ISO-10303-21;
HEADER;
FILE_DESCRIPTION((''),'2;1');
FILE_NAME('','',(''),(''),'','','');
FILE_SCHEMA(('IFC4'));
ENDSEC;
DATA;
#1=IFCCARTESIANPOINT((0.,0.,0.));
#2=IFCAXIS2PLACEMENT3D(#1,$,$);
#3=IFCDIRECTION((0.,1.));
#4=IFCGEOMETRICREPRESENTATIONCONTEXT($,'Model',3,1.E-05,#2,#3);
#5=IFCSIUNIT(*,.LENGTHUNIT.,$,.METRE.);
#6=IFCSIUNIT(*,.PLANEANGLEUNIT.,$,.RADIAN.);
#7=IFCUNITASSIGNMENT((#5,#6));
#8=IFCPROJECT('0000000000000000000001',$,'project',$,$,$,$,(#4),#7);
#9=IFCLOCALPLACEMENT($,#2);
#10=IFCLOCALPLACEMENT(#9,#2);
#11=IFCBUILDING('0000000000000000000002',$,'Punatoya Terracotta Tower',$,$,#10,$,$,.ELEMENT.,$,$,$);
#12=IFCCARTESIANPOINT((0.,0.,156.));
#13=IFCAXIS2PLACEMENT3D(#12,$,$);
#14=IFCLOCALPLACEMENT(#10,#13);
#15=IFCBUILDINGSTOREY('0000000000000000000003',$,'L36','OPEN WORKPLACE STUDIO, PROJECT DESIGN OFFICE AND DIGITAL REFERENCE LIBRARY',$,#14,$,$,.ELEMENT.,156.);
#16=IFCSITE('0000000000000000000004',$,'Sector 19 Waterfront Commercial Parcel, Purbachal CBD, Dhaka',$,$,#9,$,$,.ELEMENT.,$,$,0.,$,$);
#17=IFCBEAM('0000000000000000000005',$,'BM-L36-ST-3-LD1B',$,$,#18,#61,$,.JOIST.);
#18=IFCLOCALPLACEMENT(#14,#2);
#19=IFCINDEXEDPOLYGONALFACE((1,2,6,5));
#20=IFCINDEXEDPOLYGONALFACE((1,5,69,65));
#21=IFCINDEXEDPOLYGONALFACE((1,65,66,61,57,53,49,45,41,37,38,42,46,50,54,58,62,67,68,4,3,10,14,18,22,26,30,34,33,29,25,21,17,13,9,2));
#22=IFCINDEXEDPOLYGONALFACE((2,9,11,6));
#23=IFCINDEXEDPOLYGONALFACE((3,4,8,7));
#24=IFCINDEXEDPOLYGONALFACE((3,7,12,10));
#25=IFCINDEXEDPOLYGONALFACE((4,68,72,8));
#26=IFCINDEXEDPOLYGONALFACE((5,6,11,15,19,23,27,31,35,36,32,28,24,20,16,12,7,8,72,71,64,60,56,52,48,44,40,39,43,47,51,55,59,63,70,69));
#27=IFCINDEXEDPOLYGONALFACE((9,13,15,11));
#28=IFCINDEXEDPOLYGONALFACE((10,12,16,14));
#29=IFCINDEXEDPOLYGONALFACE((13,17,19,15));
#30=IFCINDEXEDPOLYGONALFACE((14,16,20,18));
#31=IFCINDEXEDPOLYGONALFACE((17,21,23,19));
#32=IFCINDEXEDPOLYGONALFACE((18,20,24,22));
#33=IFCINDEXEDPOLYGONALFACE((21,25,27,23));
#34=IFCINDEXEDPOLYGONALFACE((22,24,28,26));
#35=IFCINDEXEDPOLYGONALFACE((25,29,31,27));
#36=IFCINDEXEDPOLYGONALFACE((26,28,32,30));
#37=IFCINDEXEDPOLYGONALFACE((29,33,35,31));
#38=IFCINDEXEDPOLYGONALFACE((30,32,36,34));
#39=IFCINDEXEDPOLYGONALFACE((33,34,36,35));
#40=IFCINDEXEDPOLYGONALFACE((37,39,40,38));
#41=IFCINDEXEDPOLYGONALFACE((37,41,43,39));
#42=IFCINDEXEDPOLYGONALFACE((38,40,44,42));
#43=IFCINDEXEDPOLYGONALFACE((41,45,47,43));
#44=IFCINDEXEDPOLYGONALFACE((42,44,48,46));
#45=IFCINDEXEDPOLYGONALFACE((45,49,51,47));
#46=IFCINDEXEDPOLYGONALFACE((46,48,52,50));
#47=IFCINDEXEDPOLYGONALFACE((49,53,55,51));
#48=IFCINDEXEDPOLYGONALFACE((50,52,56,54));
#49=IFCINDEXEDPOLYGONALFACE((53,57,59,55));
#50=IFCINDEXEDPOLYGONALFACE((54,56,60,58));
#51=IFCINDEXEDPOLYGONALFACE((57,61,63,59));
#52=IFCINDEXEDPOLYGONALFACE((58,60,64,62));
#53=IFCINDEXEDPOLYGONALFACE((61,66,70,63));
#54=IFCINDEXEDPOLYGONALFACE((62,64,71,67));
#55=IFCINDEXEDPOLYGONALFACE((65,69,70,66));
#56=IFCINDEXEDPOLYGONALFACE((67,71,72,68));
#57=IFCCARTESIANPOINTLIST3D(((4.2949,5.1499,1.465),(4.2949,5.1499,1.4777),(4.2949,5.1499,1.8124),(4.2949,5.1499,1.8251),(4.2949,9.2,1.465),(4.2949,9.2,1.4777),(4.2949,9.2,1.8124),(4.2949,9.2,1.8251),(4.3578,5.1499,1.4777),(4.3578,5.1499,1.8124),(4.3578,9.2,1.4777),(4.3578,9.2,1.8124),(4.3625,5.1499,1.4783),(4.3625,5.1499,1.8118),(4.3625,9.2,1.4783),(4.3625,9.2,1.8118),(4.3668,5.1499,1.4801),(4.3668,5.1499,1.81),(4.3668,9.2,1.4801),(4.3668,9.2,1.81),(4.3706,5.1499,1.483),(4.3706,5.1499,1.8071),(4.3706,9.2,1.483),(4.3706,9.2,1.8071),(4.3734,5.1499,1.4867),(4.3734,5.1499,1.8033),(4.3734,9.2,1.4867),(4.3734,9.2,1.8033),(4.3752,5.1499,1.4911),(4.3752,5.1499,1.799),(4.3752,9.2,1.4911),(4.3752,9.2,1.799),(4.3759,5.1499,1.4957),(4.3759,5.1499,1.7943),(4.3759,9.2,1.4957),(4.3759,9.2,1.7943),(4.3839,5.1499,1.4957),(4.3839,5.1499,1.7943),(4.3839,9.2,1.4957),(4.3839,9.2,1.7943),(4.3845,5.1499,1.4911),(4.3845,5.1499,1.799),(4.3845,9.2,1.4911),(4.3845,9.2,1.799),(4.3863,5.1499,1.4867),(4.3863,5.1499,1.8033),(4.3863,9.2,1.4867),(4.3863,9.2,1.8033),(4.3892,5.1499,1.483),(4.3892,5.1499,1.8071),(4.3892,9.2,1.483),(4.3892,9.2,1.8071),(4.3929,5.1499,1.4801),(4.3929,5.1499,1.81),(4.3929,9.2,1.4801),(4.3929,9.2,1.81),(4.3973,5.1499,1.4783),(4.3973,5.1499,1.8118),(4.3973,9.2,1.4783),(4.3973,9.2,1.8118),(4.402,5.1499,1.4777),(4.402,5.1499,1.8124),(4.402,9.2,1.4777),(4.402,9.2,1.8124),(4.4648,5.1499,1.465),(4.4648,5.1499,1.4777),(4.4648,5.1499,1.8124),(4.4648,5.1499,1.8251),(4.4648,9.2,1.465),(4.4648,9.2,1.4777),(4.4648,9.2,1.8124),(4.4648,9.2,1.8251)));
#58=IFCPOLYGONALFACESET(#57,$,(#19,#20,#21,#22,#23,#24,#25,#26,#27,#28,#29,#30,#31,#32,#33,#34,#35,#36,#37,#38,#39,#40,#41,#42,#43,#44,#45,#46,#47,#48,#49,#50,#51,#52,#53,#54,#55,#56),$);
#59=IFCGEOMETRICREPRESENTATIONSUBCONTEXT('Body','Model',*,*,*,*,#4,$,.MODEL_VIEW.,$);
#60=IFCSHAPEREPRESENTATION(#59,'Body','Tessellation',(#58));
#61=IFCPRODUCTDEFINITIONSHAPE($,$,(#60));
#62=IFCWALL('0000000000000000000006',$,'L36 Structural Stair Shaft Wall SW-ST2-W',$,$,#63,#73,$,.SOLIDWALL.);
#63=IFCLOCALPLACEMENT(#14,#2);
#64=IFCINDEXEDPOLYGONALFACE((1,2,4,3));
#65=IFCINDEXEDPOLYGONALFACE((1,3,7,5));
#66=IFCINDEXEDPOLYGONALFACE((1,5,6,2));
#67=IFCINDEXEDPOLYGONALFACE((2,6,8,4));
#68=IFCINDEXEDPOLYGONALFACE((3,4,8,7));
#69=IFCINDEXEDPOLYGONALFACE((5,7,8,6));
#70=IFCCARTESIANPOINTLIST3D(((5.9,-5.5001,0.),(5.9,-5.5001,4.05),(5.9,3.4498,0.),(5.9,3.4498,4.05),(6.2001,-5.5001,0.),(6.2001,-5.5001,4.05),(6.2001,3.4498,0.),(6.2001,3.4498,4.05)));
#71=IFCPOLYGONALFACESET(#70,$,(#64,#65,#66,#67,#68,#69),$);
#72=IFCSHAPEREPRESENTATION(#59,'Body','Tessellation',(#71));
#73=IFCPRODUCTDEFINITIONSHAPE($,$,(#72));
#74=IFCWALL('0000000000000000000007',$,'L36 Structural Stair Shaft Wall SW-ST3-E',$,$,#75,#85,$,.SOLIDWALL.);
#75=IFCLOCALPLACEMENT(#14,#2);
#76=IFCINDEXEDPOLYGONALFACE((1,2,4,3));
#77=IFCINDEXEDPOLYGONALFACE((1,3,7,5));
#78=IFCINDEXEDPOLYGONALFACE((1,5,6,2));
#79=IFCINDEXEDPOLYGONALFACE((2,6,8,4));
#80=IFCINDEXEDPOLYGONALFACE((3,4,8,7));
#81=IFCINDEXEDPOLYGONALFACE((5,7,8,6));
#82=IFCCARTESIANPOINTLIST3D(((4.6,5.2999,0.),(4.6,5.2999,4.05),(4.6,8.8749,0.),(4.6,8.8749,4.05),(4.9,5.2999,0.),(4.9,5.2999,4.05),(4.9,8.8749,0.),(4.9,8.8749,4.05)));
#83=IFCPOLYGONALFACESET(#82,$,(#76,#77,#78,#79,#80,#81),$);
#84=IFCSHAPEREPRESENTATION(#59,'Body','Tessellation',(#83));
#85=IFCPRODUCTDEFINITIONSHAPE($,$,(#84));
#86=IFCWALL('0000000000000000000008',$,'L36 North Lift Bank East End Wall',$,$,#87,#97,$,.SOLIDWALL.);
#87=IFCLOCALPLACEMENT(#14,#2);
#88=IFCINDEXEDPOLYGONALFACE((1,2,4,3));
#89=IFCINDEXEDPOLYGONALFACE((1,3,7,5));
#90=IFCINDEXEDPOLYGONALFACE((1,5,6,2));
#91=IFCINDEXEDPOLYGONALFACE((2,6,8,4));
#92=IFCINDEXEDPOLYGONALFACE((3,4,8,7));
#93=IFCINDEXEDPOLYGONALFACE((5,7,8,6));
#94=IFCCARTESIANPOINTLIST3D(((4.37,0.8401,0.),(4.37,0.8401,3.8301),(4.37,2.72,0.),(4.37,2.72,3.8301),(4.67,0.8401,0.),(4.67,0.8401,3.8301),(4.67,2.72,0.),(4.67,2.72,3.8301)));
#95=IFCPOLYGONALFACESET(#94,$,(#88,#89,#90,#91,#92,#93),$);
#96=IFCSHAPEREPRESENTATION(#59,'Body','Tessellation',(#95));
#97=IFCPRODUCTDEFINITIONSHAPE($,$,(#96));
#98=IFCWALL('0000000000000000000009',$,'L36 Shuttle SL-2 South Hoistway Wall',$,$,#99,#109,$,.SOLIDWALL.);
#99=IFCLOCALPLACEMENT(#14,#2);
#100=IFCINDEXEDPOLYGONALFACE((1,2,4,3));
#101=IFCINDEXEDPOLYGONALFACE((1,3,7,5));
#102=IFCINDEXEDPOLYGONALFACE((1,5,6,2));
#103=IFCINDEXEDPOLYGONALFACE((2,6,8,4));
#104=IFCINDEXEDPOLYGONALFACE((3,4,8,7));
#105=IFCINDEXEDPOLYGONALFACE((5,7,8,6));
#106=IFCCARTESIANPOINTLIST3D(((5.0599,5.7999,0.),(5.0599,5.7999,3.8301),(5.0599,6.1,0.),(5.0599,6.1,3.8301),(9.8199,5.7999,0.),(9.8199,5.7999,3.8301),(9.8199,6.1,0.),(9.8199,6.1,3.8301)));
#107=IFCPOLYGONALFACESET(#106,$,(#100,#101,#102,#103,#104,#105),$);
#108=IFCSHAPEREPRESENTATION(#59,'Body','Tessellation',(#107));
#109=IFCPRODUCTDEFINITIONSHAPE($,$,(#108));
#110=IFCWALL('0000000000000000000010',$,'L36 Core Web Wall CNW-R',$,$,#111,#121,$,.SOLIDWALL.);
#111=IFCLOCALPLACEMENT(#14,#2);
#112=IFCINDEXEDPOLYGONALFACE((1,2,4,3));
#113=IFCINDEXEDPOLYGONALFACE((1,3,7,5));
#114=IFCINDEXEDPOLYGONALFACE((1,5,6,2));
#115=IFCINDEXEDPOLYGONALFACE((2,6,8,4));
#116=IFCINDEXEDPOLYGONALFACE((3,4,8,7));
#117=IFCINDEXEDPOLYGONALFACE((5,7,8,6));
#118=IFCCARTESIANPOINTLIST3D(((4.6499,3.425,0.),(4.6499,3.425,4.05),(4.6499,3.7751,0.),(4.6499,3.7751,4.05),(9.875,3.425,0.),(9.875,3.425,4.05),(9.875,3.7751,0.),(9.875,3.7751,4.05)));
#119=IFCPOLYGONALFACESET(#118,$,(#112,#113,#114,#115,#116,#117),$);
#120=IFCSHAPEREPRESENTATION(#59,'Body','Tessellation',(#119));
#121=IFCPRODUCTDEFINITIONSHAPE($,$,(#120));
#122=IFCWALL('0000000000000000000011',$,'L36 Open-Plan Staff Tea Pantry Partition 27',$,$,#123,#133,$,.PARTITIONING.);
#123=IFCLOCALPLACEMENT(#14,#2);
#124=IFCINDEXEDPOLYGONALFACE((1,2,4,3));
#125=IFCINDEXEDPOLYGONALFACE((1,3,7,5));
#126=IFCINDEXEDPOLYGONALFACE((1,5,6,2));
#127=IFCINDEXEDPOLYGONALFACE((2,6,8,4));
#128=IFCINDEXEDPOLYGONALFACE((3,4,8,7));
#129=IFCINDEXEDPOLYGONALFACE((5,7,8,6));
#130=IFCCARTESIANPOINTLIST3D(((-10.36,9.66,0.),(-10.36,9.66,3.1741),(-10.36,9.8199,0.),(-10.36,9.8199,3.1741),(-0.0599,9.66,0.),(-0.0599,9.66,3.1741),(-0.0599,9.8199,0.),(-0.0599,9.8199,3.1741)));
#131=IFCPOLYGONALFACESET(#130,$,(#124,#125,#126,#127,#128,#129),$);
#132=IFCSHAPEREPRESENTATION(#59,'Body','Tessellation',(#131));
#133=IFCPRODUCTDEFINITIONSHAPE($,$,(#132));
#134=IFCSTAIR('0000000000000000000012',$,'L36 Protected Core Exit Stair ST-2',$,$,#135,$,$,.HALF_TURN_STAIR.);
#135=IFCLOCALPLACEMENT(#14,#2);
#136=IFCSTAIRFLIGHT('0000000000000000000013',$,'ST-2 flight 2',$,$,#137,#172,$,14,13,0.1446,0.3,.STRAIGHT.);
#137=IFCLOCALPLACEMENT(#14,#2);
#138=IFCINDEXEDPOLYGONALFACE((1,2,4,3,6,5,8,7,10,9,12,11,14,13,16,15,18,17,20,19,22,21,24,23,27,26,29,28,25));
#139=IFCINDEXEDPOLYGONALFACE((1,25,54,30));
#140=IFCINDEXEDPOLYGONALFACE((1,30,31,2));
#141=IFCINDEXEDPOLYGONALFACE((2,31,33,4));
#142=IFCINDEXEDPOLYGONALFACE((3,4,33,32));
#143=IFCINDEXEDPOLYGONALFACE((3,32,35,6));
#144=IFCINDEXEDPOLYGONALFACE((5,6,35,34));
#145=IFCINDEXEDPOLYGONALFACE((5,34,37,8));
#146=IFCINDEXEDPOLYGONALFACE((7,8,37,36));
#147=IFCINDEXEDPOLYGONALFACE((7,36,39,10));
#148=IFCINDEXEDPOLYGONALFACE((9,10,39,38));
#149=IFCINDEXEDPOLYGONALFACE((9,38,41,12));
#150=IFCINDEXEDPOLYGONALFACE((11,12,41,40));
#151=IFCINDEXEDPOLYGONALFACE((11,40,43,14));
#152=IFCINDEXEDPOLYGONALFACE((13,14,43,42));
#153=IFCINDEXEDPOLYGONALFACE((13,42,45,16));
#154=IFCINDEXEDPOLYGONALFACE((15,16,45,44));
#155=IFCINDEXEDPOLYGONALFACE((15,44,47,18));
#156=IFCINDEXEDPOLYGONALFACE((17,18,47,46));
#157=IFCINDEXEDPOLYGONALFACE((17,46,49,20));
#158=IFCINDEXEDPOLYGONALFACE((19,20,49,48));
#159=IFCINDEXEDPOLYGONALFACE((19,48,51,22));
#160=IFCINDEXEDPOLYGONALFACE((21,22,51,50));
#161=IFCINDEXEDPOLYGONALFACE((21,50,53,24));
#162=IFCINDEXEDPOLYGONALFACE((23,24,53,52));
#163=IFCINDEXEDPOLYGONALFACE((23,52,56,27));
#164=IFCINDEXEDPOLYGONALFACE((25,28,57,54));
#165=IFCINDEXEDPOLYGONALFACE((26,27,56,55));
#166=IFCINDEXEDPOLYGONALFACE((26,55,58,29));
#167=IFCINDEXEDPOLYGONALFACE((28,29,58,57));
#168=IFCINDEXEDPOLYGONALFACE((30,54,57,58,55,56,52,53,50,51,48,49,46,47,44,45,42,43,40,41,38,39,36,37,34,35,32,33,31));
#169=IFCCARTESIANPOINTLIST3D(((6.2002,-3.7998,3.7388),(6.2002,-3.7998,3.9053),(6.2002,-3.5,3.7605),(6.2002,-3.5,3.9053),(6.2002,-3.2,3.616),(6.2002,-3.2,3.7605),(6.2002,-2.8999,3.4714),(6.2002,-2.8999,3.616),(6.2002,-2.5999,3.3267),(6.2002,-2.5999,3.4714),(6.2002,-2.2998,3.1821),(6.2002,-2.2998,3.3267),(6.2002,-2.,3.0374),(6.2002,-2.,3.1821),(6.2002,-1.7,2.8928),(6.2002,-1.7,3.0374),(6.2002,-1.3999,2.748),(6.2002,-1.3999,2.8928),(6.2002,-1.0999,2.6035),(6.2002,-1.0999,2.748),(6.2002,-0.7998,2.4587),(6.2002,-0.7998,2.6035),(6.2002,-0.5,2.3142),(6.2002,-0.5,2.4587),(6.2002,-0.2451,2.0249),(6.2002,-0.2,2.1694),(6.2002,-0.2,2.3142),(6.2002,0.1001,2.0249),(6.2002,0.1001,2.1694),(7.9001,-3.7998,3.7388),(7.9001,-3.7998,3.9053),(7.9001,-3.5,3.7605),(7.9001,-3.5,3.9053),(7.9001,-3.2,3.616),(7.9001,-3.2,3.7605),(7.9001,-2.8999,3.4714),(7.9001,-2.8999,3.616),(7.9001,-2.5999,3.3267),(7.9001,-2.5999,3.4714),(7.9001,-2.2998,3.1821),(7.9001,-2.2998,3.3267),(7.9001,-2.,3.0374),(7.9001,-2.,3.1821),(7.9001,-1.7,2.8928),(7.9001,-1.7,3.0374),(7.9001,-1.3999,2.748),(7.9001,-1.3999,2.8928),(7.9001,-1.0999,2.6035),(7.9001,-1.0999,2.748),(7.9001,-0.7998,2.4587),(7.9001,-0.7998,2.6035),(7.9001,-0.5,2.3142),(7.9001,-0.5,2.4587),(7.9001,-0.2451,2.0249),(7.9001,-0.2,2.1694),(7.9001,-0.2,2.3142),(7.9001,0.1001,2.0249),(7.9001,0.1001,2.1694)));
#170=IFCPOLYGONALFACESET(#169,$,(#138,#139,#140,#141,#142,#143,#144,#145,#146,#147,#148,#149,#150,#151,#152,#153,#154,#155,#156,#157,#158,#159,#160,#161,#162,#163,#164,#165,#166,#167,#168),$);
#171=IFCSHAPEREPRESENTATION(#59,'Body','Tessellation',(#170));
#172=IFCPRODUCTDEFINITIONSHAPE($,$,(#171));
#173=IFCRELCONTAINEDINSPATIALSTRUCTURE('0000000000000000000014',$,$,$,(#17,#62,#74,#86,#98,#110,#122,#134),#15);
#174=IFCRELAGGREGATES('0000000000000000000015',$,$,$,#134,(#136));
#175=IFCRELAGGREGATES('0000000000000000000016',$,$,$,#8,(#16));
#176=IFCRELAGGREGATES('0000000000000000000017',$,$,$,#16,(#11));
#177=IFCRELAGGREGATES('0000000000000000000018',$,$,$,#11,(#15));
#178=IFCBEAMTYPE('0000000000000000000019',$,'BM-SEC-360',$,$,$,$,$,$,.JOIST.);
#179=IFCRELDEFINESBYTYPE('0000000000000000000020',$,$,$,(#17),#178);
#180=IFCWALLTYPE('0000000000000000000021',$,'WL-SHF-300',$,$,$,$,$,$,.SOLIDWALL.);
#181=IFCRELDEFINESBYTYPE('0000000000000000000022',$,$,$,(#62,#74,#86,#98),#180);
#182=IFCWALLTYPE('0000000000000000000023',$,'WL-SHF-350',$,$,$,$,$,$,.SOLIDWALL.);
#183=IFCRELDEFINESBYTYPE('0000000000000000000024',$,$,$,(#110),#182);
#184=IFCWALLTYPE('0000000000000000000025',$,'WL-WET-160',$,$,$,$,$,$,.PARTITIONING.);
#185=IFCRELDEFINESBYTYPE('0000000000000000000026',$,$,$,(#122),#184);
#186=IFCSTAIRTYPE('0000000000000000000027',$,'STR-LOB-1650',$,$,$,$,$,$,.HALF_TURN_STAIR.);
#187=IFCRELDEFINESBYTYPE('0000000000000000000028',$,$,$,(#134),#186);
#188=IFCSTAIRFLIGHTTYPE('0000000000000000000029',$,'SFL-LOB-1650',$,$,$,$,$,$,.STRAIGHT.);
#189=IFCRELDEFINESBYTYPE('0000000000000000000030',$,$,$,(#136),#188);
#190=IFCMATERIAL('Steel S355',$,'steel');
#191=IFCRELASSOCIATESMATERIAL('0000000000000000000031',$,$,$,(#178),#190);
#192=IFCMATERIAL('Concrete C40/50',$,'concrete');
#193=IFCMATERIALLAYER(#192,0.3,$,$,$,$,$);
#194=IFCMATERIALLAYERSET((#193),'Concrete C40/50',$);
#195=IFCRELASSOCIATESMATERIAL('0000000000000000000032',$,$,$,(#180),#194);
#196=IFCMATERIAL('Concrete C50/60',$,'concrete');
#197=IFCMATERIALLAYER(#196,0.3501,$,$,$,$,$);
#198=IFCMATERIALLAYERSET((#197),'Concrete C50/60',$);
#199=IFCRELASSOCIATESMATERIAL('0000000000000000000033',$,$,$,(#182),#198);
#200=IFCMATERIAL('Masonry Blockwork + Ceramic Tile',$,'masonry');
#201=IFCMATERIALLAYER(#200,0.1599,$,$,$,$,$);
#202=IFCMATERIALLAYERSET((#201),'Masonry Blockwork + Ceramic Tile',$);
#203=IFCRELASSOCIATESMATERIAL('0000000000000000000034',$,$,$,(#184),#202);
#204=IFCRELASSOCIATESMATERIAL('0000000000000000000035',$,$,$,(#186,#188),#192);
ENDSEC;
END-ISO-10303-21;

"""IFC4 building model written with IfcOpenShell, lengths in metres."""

from ifc_helpers import new_model, si_unit, direction, frame, frame_2d, origin, origin_2d, place, context, subcontext, project, spatial, polyline, rectangle, i_section, outline, extrude, material, layer, layer_set, material_profile, profile_set, type_object, element, aggregate, save


model = new_model("IFC4")

# Units and contexts
model_context = context("Model", 3, precision=1e-05, world=origin(), true_north=direction((0.0, 1.0)))
body_context = subcontext(model_context, "Body", "Model", "MODEL_VIEW")
ifc_project = project(units=[si_unit("LENGTHUNIT", "METRE"), si_unit("PLANEANGLEUNIT", "RADIAN")], contexts=[model_context])

# Site, building, storey
site_placement = place(None, origin())
site = spatial("IfcSite", under=ifc_project, at=site_placement, Name="Sector 19 Waterfront Commercial Parcel, Purbachal CBD, Dhaka", CompositionType="ELEMENT", RefElevation=0.0)
building_placement = place(site_placement, origin())
building = spatial("IfcBuilding", under=site, at=building_placement, Name="Punatoya Terracotta Tower", CompositionType="ELEMENT")
storey_placement = place(building_placement, frame((0.0, 0.0, 156.0)))
storey = spatial("IfcBuildingStorey", under=building, at=storey_placement, Name="L36", Description="OPEN WORKPLACE STUDIO, PROJECT DESIGN OFFICE AND DIGITAL REFERENCE LIBRARY", CompositionType="ELEMENT", Elevation=156.0)

# Beam
ifc_material_1 = material(Name="Steel S355", Category="steel")
ifc_material_profile_1 = material_profile(ifc_material_1, i_section(OverallWidth=0.1699, OverallDepth=0.3601, WebThickness=0.0081, FlangeThickness=0.0127, FilletRadius=0.0181, at=origin_2d()))
ifc_profile_set_1 = profile_set([ifc_material_profile_1], Name="Steel S355")
beam_type_1 = type_object("IfcBeamType", Name="BM-SEC-360", PredefinedType="JOIST", material=ifc_profile_set_1)
for number, where, z_axis, x_axis, name in (
    (1, (4.3799, 5.1499, 1.645), (0.0, 1.0, 0.0), (-1.0, 0.0, 0.0), "BM-L36-ST-3-LD1B"),
):
    element("IfcBeam", number, at=place(storey_placement, frame(where, z_axis=z_axis, x_axis=x_axis)), inside=storey, type_object=beam_type_1, Name=name, PredefinedType="JOIST", context=body_context, shape_type="SweptSolid", body=[
        extrude(i_section(OverallWidth=0.1699, OverallDepth=0.3601, WebThickness=0.0081, FlangeThickness=0.0127, FilletRadius=0.0181, at=origin_2d()), origin(), (0.0, 0.0, 1.0), 4.05),
    ])

# Walls
ifc_material_2 = material(Name="Concrete C40/50", Category="concrete")
ifc_layer_1 = layer(ifc_material_2, 0.3)
ifc_layer_set_1 = layer_set([ifc_layer_1], Name="Concrete C40/50")
wall_type_1 = type_object("IfcWallType", Name="WL-SHF-300", PredefinedType="SOLIDWALL", material=ifc_layer_set_1)
wall_1_placement = place(storey_placement, frame((6.05, 3.45, 0.0), z_axis=(0.0, 0.0, 1.0), x_axis=(0.0, -1.0, 0.0)))
element("IfcWall", 2, at=wall_1_placement, inside=storey, type_object=wall_type_1, Name="L36 Structural Stair Shaft Wall SW-ST2-W", PredefinedType="SOLIDWALL", context=body_context, shape_type="SweptSolid", body=[
    extrude(rectangle(XDim=8.95, YDim=0.3, at=frame_2d((4.4751, 0.0))), origin(), (0.0, 0.0, 1.0), 4.05),
])
wall_2_placement = place(storey_placement, frame((4.75, 8.875, 0.0), z_axis=(0.0, 0.0, 1.0), x_axis=(0.0, -1.0, 0.0)))
element("IfcWall", 3, at=wall_2_placement, inside=storey, type_object=wall_type_1, Name="L36 Structural Stair Shaft Wall SW-ST3-E", PredefinedType="SOLIDWALL", context=body_context, shape_type="SweptSolid", body=[
    extrude(rectangle(XDim=3.575, YDim=0.3, at=frame_2d((1.7876, 0.0))), origin(), (0.0, 0.0, 1.0), 4.05),
])
wall_3_placement = place(storey_placement, frame((4.52, 0.8401, 0.0), z_axis=(0.0, 0.0, 1.0), x_axis=(0.0, 1.0, 0.0)))
element("IfcWall", 4, at=wall_3_placement, inside=storey, type_object=wall_type_1, Name="L36 North Lift Bank East End Wall", PredefinedType="SOLIDWALL", context=body_context, shape_type="SweptSolid", body=[
    extrude(rectangle(XDim=1.8799, YDim=0.3, at=frame_2d((0.9399, 0.0))), origin(), (0.0, 0.0, 1.0), 3.8301),
])
wall_4_placement = place(storey_placement, frame((5.0601, 5.95, 0.0), z_axis=(0.0, 0.0, 1.0), x_axis=(1.0, 0.0, 0.0)))
element("IfcWall", 5, at=wall_4_placement, inside=storey, type_object=wall_type_1, Name="L36 Shuttle SL-2 South Hoistway Wall", PredefinedType="SOLIDWALL", context=body_context, shape_type="SweptSolid", body=[
    extrude(rectangle(XDim=4.76, YDim=0.3, at=frame_2d((2.3799, 0.0))), origin(), (0.0, 0.0, 1.0), 3.8301),
])
ifc_material_3 = material(Name="Concrete C50/60", Category="concrete")
ifc_layer_2 = layer(ifc_material_3, 0.3501)
ifc_layer_set_2 = layer_set([ifc_layer_2], Name="Concrete C50/60")
wall_type_2 = type_object("IfcWallType", Name="WL-SHF-350", PredefinedType="SOLIDWALL", material=ifc_layer_set_2)
wall_5_placement = place(storey_placement, frame((4.6499, 3.6001, 0.0), z_axis=(0.0, 0.0, 1.0), x_axis=(1.0, 0.0, 0.0)))
element("IfcWall", 6, at=wall_5_placement, inside=storey, type_object=wall_type_2, Name="L36 Core Web Wall CNW-R", PredefinedType="SOLIDWALL", context=body_context, shape_type="SweptSolid", body=[
    extrude(rectangle(XDim=5.2251, YDim=0.3501, at=frame_2d((2.6125, 0.0))), origin(), (0.0, 0.0, 1.0), 4.05),
])
ifc_material_4 = material(Name="Masonry Blockwork + Ceramic Tile", Category="masonry")
ifc_layer_3 = layer(ifc_material_4, 0.1599)
ifc_layer_set_3 = layer_set([ifc_layer_3], Name="Masonry Blockwork + Ceramic Tile")
wall_type_3 = type_object("IfcWallType", Name="WL-WET-160", PredefinedType="PARTITIONING", material=ifc_layer_set_3)
wall_6_placement = place(storey_placement, frame((-0.0601, 9.74, 0.0), z_axis=(0.0, 0.0, 1.0), x_axis=(-1.0, 0.0, 0.0)))
element("IfcWall", 7, at=wall_6_placement, inside=storey, type_object=wall_type_3, Name="L36 Open-Plan Staff Tea Pantry Partition 27", PredefinedType="PARTITIONING", context=body_context, shape_type="SweptSolid", body=[
    extrude(rectangle(XDim=10.3, YDim=0.1599, at=frame_2d((5.1499, 0.0))), origin(), (0.0, 0.0, 1.0), 3.1741),
])

# Stair, stair flight
stair_type_1 = type_object("IfcStairType", Name="STR-LOB-1650", PredefinedType="HALF_TURN_STAIR", material=ifc_material_2)
stair_1_placement = place(storey_placement, origin())
stair_1 = element("IfcStair", 8, at=stair_1_placement, inside=storey, type_object=stair_type_1, Name="L36 Protected Core Exit Stair ST-2", PredefinedType="HALF_TURN_STAIR")
stair_flight_type_1 = type_object("IfcStairFlightType", Name="SFL-LOB-1650", PredefinedType="STRAIGHT", material=ifc_material_2)
stair_flight_1_placement = place(storey_placement, frame((7.05, 0.1001, 2.0249), z_axis=(0.0, 0.0, 1.0), x_axis=(0.0, -1.0, 0.0)))
stair_flight_1 = element("IfcStairFlight", 9, at=stair_flight_1_placement, type_object=stair_flight_type_1, Name="ST-2 flight 2", NumberOfRisers=14, NumberOfTreads=13, PredefinedType="STRAIGHT", RiserHeight=0.1446, TreadLength=0.3, context=body_context, shape_type="SweptSolid", body=[
    extrude(outline(polyline([(0.0, 0.0), (0.0, 0.1445), (0.3, 0.1445), (0.3, 0.2893), (0.6001, 0.2893), (0.6001, 0.4338), (0.8999, 0.4338), (0.8999, 0.5786), (1.2, 0.5786), (1.2, 0.7231), (1.5, 0.7231), (1.5, 0.8679), (1.8, 0.8679), (1.8, 1.0125), (2.1001, 1.0125), (2.1001, 1.1572), (2.3999, 1.1572), (2.3999, 1.3018), (2.7, 1.3018), (2.7, 1.4465), (3.0, 1.4465), (3.0, 1.5911), (3.3, 1.5911), (3.3, 1.7356), (3.6001, 1.7356), (3.6001, 1.8804), (3.8999, 1.8804), (3.8999, 2.0249), (3.8999, 1.7139), (0.3452, 0.0), (0.0, 0.0)])), frame((0.0, 0.8501, 0.0), z_axis=(0.0, -1.0, 0.0), x_axis=(1.0, 0.0, 0.0)), (0.0, 0.0, 1.0), 1.7),
])
aggregate(stair_1, [stair_flight_1])

save(model, "model.ifc")
